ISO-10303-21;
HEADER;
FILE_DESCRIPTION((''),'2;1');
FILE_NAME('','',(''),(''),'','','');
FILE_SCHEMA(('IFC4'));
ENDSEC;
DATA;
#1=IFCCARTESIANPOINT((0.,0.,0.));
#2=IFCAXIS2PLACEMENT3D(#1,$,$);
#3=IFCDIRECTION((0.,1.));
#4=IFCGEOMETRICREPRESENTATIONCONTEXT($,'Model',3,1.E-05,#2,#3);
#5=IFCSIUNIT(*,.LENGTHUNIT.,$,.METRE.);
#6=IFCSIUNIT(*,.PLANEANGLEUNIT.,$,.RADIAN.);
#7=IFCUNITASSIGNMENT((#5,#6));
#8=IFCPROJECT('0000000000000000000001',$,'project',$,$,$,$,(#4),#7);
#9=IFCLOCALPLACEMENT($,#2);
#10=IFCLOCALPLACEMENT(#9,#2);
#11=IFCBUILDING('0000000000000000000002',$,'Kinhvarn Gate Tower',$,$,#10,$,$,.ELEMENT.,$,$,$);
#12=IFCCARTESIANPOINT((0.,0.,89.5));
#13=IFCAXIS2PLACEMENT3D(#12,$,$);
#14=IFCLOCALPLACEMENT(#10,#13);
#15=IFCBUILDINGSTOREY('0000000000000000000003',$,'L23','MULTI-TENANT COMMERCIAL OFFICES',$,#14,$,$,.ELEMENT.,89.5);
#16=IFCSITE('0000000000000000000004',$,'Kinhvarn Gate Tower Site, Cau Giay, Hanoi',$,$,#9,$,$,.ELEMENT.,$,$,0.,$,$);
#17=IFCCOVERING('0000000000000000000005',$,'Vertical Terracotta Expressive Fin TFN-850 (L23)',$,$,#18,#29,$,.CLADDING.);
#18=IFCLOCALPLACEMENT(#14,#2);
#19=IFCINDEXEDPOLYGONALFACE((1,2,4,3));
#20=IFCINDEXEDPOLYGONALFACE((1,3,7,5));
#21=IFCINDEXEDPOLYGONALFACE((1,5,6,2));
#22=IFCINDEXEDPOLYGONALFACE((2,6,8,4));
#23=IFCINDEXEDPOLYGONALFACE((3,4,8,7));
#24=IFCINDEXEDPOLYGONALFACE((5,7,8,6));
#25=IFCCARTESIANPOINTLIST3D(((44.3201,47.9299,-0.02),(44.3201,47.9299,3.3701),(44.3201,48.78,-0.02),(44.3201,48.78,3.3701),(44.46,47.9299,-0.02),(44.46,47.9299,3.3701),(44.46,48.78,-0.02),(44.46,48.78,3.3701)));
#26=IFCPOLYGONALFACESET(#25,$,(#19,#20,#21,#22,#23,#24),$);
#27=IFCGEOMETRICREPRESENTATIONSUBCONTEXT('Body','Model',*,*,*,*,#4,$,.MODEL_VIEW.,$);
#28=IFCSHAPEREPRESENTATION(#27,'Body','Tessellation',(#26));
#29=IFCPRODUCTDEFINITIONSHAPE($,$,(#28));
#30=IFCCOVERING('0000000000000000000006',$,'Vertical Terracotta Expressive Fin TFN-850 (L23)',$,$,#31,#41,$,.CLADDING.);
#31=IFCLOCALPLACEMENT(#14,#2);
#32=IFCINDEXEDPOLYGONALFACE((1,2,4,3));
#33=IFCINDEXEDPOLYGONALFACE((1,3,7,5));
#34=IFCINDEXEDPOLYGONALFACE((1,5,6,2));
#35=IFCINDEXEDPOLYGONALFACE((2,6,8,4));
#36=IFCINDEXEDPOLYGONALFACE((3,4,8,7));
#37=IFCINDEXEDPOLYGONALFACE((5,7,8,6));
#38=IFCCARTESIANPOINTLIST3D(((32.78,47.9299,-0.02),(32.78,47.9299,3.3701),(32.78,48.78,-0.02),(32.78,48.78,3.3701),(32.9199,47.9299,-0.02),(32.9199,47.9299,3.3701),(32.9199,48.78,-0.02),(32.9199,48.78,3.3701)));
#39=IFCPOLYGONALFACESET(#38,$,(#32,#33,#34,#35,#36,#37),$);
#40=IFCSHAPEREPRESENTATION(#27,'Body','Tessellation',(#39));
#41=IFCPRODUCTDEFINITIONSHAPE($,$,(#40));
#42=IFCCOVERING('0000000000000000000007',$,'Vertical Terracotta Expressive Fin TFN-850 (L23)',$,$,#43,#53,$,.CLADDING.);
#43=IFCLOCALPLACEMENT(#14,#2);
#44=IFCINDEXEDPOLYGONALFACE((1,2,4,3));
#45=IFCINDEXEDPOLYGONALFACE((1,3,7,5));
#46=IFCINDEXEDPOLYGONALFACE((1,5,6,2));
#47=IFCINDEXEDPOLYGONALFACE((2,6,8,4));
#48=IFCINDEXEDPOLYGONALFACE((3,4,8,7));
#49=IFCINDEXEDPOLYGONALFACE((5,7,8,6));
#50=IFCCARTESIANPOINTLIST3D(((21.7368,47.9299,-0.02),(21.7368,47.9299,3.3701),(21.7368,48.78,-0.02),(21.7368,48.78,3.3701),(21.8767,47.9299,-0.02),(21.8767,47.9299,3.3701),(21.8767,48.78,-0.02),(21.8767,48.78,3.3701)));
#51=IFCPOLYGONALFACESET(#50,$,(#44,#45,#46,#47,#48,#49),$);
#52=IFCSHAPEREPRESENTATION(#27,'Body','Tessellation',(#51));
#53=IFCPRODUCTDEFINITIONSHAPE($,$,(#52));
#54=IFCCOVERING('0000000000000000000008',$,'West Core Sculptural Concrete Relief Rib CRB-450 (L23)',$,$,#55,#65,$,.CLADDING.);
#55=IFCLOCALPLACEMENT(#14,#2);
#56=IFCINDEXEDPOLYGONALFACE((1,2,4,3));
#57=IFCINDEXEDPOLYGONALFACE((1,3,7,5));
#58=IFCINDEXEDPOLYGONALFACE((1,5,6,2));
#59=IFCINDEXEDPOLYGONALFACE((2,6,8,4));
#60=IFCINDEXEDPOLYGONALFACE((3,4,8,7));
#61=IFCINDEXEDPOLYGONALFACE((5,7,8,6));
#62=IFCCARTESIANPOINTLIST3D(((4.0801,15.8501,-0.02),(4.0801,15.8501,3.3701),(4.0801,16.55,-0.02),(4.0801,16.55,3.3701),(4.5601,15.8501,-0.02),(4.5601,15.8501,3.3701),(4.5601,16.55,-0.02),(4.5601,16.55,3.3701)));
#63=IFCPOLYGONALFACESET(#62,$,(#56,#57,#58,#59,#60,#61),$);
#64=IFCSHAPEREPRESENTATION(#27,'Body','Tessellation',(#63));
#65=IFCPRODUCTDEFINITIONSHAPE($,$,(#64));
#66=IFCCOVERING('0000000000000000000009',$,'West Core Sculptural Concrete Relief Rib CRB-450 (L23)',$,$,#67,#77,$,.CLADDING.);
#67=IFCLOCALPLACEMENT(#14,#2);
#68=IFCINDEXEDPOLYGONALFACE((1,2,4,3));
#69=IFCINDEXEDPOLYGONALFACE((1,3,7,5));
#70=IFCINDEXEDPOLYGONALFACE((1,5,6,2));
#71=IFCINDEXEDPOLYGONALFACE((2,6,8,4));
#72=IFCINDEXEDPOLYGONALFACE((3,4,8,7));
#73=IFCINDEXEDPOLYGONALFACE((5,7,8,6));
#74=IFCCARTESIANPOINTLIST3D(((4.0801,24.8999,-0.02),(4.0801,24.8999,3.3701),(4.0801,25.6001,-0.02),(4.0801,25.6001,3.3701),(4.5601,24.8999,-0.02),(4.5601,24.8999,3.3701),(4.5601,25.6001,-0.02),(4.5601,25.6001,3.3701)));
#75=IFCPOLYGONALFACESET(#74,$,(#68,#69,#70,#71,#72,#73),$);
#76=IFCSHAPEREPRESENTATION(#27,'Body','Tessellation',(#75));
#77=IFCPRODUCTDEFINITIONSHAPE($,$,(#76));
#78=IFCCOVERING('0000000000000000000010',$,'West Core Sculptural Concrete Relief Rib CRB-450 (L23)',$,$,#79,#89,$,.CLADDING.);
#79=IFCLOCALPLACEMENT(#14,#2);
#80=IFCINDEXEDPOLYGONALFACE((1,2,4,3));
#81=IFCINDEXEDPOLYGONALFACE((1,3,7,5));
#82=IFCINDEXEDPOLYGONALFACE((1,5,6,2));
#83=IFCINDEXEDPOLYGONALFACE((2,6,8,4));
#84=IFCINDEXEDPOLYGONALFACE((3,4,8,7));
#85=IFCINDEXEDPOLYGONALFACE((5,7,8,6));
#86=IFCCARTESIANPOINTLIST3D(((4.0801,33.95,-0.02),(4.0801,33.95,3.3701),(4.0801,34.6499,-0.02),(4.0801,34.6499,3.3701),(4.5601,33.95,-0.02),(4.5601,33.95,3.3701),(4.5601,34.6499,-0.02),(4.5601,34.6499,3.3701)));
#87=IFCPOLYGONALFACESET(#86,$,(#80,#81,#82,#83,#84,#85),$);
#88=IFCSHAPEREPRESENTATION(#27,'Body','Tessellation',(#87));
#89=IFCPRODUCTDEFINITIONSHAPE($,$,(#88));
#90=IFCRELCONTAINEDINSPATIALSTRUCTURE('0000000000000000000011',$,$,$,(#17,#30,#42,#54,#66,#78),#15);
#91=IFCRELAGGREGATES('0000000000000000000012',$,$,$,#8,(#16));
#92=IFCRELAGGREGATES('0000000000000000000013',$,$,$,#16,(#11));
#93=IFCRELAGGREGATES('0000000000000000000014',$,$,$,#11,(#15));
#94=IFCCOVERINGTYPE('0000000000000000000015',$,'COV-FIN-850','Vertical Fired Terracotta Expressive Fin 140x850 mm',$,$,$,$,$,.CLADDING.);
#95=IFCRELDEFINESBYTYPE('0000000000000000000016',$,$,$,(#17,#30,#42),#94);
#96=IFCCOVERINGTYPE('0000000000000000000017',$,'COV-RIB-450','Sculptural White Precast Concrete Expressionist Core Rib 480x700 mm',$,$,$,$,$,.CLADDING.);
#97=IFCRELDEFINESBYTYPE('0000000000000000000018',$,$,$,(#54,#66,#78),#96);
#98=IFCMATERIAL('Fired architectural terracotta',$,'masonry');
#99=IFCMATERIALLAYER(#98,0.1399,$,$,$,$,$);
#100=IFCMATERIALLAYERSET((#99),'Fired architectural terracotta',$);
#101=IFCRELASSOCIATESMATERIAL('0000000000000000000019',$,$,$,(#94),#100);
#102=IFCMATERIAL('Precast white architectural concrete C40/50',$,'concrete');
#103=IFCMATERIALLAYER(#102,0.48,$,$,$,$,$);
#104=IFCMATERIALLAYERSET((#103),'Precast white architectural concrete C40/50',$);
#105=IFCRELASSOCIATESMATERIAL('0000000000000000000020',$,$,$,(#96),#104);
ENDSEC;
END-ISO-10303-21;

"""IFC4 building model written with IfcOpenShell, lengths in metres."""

from ifc_helpers import new_model, si_unit, direction, frame, origin, place, context, subcontext, project, spatial, polyline, outline, extrude, material, layer, layer_set, type_object, element, save


model = new_model("IFC4")

# Units and contexts
model_context = context("Model", 3, precision=1e-05, world=origin(), true_north=direction((0.0, 1.0)))
body_context = subcontext(model_context, "Body", "Model", "MODEL_VIEW")
ifc_project = project(units=[si_unit("LENGTHUNIT", "METRE"), si_unit("PLANEANGLEUNIT", "RADIAN")], contexts=[model_context])

# Site, building, storey
site_placement = place(None, origin())
site = spatial("IfcSite", under=ifc_project, at=site_placement, Name="Kinhvarn Gate Tower Site, Cau Giay, Hanoi", CompositionType="ELEMENT", RefElevation=0.0)
building_placement = place(site_placement, origin())
building = spatial("IfcBuilding", under=site, at=building_placement, Name="Kinhvarn Gate Tower", CompositionType="ELEMENT")
storey_placement = place(building_placement, frame((0.0, 0.0, 89.5)))
storey = spatial("IfcBuildingStorey", under=building, at=storey_placement, Name="L23", Description="MULTI-TENANT COMMERCIAL OFFICES", CompositionType="ELEMENT", Elevation=89.5)

# Shared definitions
ifc_material_1 = material(Name="Precast white architectural concrete C40/50", Category="concrete")

# Coverings
ifc_material_2 = material(Name="Fired architectural terracotta", Category="masonry")
ifc_layer_1 = layer(ifc_material_2, 0.1399)
ifc_layer_set_1 = layer_set([ifc_layer_1], Name="Fired architectural terracotta")
covering_type_1 = type_object("IfcCoveringType", Name="COV-FIN-850", Description="Vertical Fired Terracotta Expressive Fin 140x850 mm", PredefinedType="CLADDING", material=ifc_layer_set_1)
covering_1_placement = place(storey_placement, frame((0.0, 0.0, -0.02)))
element("IfcCovering", 1, at=covering_1_placement, inside=storey, type_object=covering_type_1, Name="Vertical Terracotta Expressive Fin TFN-850 (L23)", PredefinedType="CLADDING", context=body_context, shape_type="SweptSolid", body=[
    extrude(outline(polyline([(44.46, 47.9299), (44.3201, 47.9299), (44.3201, 48.78), (44.46, 48.78), (44.46, 47.9299)])), origin(), (0.0, 0.0, 1.0), 3.3901),
])
covering_2_placement = place(storey_placement, frame((0.0, 0.0, -0.02)))
element("IfcCovering", 2, at=covering_2_placement, inside=storey, type_object=covering_type_1, Name="Vertical Terracotta Expressive Fin TFN-850 (L23)", PredefinedType="CLADDING", context=body_context, shape_type="SweptSolid", body=[
    extrude(outline(polyline([(32.9199, 47.9299), (32.78, 47.9299), (32.78, 48.78), (32.9199, 48.78), (32.9199, 47.9299)])), origin(), (0.0, 0.0, 1.0), 3.3901),
])
covering_3_placement = place(storey_placement, frame((0.0, 0.0, -0.02)))
element("IfcCovering", 3, at=covering_3_placement, inside=storey, type_object=covering_type_1, Name="Vertical Terracotta Expressive Fin TFN-850 (L23)", PredefinedType="CLADDING", context=body_context, shape_type="SweptSolid", body=[
    extrude(outline(polyline([(21.8767, 47.9299), (21.7368, 47.9299), (21.7368, 48.78), (21.8767, 48.78), (21.8767, 47.9299)])), origin(), (0.0, 0.0, 1.0), 3.3901),
])
ifc_layer_2 = layer(ifc_material_1, 0.48)
ifc_layer_set_2 = layer_set([ifc_layer_2], Name="Precast white architectural concrete C40/50")
covering_type_2 = type_object("IfcCoveringType", Name="COV-RIB-450", Description="Sculptural White Precast Concrete Expressionist Core Rib 480x700 mm", PredefinedType="CLADDING", material=ifc_layer_set_2)
covering_4_placement = place(storey_placement, frame((0.0, 0.0, -0.02)))
element("IfcCovering", 4, at=covering_4_placement, inside=storey, type_object=covering_type_2, Name="West Core Sculptural Concrete Relief Rib CRB-450 (L23)", PredefinedType="CLADDING", context=body_context, shape_type="SweptSolid", body=[
    extrude(outline(polyline([(4.0801, 15.8501), (4.5601, 15.8501), (4.5601, 16.55), (4.0801, 16.55), (4.0801, 15.8501)])), origin(), (0.0, 0.0, 1.0), 3.3901),
])
covering_5_placement = place(storey_placement, frame((0.0, 0.0, -0.02)))
element("IfcCovering", 5, at=covering_5_placement, inside=storey, type_object=covering_type_2, Name="West Core Sculptural Concrete Relief Rib CRB-450 (L23)", PredefinedType="CLADDING", context=body_context, shape_type="SweptSolid", body=[
    extrude(outline(polyline([(4.0801, 24.8999), (4.5601, 24.8999), (4.5601, 25.6001), (4.0801, 25.6001), (4.0801, 24.8999)])), origin(), (0.0, 0.0, 1.0), 3.3901),
])
covering_6_placement = place(storey_placement, frame((0.0, 0.0, -0.02)))
element("IfcCovering", 6, at=covering_6_placement, inside=storey, type_object=covering_type_2, Name="West Core Sculptural Concrete Relief Rib CRB-450 (L23)", PredefinedType="CLADDING", context=body_context, shape_type="SweptSolid", body=[
    extrude(outline(polyline([(4.0801, 33.95), (4.5601, 33.95), (4.5601, 34.6499), (4.0801, 34.6499), (4.0801, 33.95)])), origin(), (0.0, 0.0, 1.0), 3.3901),
])

save(model, "model.ifc")
